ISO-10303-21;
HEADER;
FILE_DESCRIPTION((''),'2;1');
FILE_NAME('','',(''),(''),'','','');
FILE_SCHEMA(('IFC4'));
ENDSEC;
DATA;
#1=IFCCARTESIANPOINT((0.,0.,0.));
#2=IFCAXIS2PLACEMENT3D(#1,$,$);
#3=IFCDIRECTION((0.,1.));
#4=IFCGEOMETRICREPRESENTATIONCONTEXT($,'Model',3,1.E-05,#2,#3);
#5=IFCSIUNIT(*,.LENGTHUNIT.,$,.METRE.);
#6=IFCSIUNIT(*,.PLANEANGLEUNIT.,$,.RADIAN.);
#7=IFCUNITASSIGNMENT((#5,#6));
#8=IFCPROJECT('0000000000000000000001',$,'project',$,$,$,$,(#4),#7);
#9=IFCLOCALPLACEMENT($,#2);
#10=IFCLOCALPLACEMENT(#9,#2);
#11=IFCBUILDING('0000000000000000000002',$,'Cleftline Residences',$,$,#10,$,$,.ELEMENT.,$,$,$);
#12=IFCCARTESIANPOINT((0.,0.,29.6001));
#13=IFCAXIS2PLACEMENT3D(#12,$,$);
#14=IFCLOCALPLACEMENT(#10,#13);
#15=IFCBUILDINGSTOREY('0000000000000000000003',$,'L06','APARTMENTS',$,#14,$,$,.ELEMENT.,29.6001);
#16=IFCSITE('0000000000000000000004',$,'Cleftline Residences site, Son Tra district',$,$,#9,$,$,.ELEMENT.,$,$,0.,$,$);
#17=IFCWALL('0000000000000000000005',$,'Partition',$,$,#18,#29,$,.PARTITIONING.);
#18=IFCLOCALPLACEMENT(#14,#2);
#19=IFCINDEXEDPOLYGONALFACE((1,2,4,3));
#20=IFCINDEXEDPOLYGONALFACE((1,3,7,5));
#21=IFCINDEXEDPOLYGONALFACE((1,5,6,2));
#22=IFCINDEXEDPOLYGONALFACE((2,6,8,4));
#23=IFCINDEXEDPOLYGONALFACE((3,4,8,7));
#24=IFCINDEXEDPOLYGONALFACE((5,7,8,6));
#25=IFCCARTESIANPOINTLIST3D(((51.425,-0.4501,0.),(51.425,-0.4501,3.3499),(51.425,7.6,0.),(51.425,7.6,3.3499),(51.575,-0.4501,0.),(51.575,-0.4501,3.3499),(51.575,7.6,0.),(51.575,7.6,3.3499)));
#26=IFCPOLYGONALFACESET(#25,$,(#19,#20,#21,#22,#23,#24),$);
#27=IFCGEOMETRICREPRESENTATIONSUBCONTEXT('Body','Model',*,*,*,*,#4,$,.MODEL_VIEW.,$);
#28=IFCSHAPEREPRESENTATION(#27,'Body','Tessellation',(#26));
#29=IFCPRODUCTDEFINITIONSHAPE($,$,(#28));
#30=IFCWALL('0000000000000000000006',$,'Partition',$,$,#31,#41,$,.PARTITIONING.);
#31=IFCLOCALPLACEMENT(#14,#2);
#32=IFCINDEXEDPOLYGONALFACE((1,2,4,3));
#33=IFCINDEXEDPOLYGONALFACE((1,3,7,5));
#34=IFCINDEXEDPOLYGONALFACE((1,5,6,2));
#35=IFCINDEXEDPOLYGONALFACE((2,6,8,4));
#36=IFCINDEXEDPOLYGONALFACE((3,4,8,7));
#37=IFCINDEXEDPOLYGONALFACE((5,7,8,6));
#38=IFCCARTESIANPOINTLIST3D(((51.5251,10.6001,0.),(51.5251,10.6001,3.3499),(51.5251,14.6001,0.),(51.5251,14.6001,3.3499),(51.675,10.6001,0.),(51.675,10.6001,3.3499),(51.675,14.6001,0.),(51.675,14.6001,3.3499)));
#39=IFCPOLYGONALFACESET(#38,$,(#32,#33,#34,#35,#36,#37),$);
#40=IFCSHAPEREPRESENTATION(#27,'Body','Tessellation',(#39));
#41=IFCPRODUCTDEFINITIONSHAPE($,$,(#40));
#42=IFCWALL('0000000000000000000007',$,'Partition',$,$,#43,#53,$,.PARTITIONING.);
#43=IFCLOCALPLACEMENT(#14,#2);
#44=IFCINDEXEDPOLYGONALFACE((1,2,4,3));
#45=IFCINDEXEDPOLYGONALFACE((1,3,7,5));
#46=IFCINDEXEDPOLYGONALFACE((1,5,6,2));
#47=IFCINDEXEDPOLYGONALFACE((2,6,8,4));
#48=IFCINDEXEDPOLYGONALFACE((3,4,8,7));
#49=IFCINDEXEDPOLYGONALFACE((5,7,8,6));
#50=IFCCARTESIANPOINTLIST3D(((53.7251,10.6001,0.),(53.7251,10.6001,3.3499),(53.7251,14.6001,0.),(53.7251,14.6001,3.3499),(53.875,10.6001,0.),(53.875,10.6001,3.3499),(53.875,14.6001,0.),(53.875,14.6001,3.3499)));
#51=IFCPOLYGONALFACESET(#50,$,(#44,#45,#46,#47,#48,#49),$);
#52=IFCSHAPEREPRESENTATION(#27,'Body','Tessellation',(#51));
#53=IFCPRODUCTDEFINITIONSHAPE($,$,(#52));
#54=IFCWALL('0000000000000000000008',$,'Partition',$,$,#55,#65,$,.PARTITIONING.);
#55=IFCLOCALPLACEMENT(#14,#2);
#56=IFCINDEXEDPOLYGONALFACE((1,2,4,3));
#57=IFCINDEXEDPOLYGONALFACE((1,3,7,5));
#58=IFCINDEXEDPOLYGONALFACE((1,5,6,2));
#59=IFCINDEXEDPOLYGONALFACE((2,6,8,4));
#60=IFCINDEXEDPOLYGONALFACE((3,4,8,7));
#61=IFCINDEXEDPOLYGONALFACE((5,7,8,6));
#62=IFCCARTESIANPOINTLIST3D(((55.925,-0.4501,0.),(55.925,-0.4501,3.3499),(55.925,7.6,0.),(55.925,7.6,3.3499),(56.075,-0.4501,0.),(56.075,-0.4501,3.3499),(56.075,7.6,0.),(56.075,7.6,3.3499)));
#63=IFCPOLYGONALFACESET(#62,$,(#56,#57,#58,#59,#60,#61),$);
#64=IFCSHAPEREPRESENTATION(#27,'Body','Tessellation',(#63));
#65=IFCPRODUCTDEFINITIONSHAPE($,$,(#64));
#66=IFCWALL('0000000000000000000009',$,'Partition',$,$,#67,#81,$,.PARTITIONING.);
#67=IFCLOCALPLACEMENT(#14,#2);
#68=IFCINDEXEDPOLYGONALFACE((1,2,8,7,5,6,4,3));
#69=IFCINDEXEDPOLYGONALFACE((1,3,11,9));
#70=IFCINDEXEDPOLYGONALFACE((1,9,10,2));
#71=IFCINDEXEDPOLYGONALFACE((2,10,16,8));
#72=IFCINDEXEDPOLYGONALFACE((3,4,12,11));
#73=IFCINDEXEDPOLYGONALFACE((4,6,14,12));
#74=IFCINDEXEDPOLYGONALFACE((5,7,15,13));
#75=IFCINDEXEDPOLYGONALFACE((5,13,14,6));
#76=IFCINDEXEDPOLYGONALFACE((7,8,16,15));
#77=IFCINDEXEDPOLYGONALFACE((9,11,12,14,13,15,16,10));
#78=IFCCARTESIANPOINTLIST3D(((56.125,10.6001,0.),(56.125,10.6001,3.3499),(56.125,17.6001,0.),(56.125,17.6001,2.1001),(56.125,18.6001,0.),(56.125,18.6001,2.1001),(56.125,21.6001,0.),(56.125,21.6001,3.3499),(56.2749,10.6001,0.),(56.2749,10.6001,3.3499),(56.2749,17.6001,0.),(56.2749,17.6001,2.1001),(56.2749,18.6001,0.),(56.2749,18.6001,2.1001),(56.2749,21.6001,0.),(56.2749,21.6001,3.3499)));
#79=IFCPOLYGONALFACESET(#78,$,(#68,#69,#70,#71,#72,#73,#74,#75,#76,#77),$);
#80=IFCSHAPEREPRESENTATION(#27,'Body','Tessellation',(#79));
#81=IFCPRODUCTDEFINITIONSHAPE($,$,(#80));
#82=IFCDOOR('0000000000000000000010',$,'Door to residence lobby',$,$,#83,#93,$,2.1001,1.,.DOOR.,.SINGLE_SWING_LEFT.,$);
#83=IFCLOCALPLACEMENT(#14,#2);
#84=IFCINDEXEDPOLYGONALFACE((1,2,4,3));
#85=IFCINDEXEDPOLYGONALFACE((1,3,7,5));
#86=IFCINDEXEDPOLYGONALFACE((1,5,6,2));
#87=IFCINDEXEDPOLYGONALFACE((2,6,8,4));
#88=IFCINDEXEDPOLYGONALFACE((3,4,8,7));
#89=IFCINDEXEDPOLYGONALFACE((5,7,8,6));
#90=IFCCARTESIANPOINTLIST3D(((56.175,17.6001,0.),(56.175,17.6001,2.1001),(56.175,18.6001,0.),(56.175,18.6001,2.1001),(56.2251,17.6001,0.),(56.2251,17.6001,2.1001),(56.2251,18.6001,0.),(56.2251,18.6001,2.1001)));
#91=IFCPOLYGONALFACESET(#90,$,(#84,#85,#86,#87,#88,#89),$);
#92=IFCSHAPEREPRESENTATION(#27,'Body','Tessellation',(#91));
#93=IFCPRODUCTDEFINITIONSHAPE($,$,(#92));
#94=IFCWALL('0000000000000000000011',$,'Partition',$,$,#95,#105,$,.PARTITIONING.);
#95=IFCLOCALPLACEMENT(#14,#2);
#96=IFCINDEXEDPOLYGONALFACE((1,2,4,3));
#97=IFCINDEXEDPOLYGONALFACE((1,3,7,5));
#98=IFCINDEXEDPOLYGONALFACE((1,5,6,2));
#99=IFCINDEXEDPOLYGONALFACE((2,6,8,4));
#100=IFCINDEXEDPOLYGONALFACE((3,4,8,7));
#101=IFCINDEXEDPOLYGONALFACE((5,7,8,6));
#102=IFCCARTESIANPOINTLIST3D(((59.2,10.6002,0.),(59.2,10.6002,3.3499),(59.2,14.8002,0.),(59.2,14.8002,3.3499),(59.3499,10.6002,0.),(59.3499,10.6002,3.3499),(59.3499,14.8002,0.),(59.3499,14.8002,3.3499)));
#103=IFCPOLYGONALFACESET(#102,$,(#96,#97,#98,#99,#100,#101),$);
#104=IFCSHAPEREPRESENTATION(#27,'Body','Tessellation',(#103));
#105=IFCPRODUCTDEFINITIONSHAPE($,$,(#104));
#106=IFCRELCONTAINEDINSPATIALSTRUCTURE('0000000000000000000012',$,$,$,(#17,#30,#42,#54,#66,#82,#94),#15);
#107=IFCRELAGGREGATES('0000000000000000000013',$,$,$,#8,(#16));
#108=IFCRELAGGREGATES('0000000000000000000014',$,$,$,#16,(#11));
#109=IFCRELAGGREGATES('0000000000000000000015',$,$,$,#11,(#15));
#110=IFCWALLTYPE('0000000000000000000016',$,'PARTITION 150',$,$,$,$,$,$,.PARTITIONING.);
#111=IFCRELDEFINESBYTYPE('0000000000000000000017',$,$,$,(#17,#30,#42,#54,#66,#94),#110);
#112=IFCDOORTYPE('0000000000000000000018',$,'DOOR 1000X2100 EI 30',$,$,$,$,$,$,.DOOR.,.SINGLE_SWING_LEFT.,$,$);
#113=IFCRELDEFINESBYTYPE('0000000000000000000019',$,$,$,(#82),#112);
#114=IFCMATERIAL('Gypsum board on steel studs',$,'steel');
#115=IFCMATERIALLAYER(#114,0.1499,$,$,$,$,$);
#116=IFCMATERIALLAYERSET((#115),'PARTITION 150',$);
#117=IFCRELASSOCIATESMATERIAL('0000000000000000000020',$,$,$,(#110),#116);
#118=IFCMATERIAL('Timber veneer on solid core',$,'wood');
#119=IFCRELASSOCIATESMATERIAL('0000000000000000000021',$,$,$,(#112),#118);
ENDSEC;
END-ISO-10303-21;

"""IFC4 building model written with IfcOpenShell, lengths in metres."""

from ifc_helpers import new_model, si_unit, direction, frame, frame_2d, origin, place, context, subcontext, project, spatial, rectangle, extrude, material, layer, layer_set, type_object, element, fill, save


model = new_model("IFC4")

# Units and contexts
model_context = context("Model", 3, precision=1e-05, world=origin(), true_north=direction((0.0, 1.0)))
body_context = subcontext(model_context, "Body", "Model", "MODEL_VIEW")
ifc_project = project(units=[si_unit("LENGTHUNIT", "METRE"), si_unit("PLANEANGLEUNIT", "RADIAN")], contexts=[model_context])

# Site, building, storey
site_placement = place(None, origin())
site = spatial("IfcSite", under=ifc_project, at=site_placement, Name="Cleftline Residences site, Son Tra district", CompositionType="ELEMENT", RefElevation=0.0)
building_placement = place(site_placement, origin())
building = spatial("IfcBuilding", under=site, at=building_placement, Name="Cleftline Residences", CompositionType="ELEMENT")
storey_placement = place(building_placement, frame((0.0, 0.0, 29.6001)))
storey = spatial("IfcBuildingStorey", under=building, at=storey_placement, Name="L06", Description="APARTMENTS", CompositionType="ELEMENT", Elevation=29.6001)

# Shared definitions
ifc_material_1 = material(Name="Gypsum board on steel studs", Category="steel")
ifc_layer_1 = layer(ifc_material_1, 0.1499)
ifc_layer_set_1 = layer_set([ifc_layer_1], Name="PARTITION 150")
wall_type_1 = type_object("IfcWallType", Name="PARTITION 150", PredefinedType="PARTITIONING", material=ifc_layer_set_1)

# Walls
wall_1_placement = place(storey_placement, frame((51.5, -0.45, 0.0), z_axis=(0.0, 0.0, 1.0), x_axis=(0.0, 1.0, 0.0)))
element("IfcWall", 1, at=wall_1_placement, inside=storey, type_object=wall_type_1, Name="Partition", PredefinedType="PARTITIONING", context=body_context, shape_type="SweptSolid", body=[
    extrude(rectangle(XDim=8.05, YDim=0.1499, at=frame_2d((4.0249, 0.0))), origin(), (0.0, 0.0, 1.0), 3.3499),
])
for number, where, z_axis, x_axis, name in (
    (2, (51.6001, 10.6001, 0.0), (0.0, 0.0, 1.0), (0.0, 1.0, 0.0), "Partition"),
    (3, (53.8, 10.6001, 0.0), (0.0, 0.0, 1.0), (0.0, 1.0, 0.0), "Partition"),
):
    element("IfcWall", number, at=place(storey_placement, frame(where, z_axis=z_axis, x_axis=x_axis)), inside=storey, type_object=wall_type_1, Name=name, PredefinedType="PARTITIONING", context=body_context, shape_type="SweptSolid", body=[
        extrude(rectangle(XDim=4.0, YDim=0.1499, at=frame_2d((2.0, 0.0))), origin(), (0.0, 0.0, 1.0), 3.3499),
    ])
wall_2_placement = place(storey_placement, frame((56.0, -0.45, 0.0), z_axis=(0.0, 0.0, 1.0), x_axis=(0.0, 1.0, 0.0)))
element("IfcWall", 4, at=wall_2_placement, inside=storey, type_object=wall_type_1, Name="Partition", PredefinedType="PARTITIONING", context=body_context, shape_type="SweptSolid", body=[
    extrude(rectangle(XDim=8.05, YDim=0.1499, at=frame_2d((4.0249, 0.0))), origin(), (0.0, 0.0, 1.0), 3.3499),
])

# Wall, opening, door
wall_3_placement = place(storey_placement, frame((56.2, 10.6001, 0.0), z_axis=(0.0, 0.0, 1.0), x_axis=(0.0, 1.0, 0.0)))
wall_3 = element("IfcWall", 5, at=wall_3_placement, inside=storey, type_object=wall_type_1, Name="Partition", PredefinedType="PARTITIONING", context=body_context, shape_type="SweptSolid", body=[
    extrude(rectangle(XDim=11.0, YDim=0.1499, at=frame_2d((5.5, 0.0))), origin(), (0.0, 0.0, 1.0), 3.3499),
])
opening_1_placement = place(wall_3_placement, frame((7.0, 0.0, 0.0)))
opening_1 = element("IfcOpeningElement", 6, at=opening_1_placement, cuts=wall_3, PredefinedType="OPENING", context=body_context, shape_type="SweptSolid", body=[
    extrude(rectangle(XDim=1.0, YDim=2.1001, at=frame_2d((0.5, 1.05))), frame((0.0, 0.085, 0.0), z_axis=(0.0, -1.0, 0.0), x_axis=(1.0, 0.0, 0.0)), (0.0, 0.0, 1.0), 0.1699),
])
ifc_material_2 = material(Name="Timber veneer on solid core", Category="wood")
door_type_1 = type_object("IfcDoorType", Name="DOOR 1000X2100 EI 30", OperationType="SINGLE_SWING_LEFT", PredefinedType="DOOR", material=ifc_material_2)
door_1_placement = place(opening_1_placement, origin())
door_1 = element("IfcDoor", 7, at=door_1_placement, inside=storey, type_object=door_type_1, Name="Door to residence lobby", OperationType="SINGLE_SWING_LEFT", OverallHeight=2.1001, OverallWidth=1.0, PredefinedType="DOOR", context=body_context, shape_type="SweptSolid", body=[
    extrude(rectangle(XDim=1.0, YDim=2.1001, at=frame_2d((0.5, 1.05))), frame((0.0, 0.0249, 0.0), z_axis=(0.0, -1.0, 0.0), x_axis=(1.0, 0.0, 0.0)), (0.0, 0.0, 1.0), 0.05),
])
fill(opening_1, door_1)

# Wall
wall_4_placement = place(storey_placement, frame((59.2749, 10.6001, 0.0), z_axis=(0.0, 0.0, 1.0), x_axis=(0.0, 1.0, 0.0)))
element("IfcWall", 8, at=wall_4_placement, inside=storey, type_object=wall_type_1, Name="Partition", PredefinedType="PARTITIONING", context=body_context, shape_type="SweptSolid", body=[
    extrude(rectangle(XDim=4.2, YDim=0.1499, at=frame_2d((2.1001, 0.0))), origin(), (0.0, 0.0, 1.0), 3.3499),
])

save(model, "model.ifc")
